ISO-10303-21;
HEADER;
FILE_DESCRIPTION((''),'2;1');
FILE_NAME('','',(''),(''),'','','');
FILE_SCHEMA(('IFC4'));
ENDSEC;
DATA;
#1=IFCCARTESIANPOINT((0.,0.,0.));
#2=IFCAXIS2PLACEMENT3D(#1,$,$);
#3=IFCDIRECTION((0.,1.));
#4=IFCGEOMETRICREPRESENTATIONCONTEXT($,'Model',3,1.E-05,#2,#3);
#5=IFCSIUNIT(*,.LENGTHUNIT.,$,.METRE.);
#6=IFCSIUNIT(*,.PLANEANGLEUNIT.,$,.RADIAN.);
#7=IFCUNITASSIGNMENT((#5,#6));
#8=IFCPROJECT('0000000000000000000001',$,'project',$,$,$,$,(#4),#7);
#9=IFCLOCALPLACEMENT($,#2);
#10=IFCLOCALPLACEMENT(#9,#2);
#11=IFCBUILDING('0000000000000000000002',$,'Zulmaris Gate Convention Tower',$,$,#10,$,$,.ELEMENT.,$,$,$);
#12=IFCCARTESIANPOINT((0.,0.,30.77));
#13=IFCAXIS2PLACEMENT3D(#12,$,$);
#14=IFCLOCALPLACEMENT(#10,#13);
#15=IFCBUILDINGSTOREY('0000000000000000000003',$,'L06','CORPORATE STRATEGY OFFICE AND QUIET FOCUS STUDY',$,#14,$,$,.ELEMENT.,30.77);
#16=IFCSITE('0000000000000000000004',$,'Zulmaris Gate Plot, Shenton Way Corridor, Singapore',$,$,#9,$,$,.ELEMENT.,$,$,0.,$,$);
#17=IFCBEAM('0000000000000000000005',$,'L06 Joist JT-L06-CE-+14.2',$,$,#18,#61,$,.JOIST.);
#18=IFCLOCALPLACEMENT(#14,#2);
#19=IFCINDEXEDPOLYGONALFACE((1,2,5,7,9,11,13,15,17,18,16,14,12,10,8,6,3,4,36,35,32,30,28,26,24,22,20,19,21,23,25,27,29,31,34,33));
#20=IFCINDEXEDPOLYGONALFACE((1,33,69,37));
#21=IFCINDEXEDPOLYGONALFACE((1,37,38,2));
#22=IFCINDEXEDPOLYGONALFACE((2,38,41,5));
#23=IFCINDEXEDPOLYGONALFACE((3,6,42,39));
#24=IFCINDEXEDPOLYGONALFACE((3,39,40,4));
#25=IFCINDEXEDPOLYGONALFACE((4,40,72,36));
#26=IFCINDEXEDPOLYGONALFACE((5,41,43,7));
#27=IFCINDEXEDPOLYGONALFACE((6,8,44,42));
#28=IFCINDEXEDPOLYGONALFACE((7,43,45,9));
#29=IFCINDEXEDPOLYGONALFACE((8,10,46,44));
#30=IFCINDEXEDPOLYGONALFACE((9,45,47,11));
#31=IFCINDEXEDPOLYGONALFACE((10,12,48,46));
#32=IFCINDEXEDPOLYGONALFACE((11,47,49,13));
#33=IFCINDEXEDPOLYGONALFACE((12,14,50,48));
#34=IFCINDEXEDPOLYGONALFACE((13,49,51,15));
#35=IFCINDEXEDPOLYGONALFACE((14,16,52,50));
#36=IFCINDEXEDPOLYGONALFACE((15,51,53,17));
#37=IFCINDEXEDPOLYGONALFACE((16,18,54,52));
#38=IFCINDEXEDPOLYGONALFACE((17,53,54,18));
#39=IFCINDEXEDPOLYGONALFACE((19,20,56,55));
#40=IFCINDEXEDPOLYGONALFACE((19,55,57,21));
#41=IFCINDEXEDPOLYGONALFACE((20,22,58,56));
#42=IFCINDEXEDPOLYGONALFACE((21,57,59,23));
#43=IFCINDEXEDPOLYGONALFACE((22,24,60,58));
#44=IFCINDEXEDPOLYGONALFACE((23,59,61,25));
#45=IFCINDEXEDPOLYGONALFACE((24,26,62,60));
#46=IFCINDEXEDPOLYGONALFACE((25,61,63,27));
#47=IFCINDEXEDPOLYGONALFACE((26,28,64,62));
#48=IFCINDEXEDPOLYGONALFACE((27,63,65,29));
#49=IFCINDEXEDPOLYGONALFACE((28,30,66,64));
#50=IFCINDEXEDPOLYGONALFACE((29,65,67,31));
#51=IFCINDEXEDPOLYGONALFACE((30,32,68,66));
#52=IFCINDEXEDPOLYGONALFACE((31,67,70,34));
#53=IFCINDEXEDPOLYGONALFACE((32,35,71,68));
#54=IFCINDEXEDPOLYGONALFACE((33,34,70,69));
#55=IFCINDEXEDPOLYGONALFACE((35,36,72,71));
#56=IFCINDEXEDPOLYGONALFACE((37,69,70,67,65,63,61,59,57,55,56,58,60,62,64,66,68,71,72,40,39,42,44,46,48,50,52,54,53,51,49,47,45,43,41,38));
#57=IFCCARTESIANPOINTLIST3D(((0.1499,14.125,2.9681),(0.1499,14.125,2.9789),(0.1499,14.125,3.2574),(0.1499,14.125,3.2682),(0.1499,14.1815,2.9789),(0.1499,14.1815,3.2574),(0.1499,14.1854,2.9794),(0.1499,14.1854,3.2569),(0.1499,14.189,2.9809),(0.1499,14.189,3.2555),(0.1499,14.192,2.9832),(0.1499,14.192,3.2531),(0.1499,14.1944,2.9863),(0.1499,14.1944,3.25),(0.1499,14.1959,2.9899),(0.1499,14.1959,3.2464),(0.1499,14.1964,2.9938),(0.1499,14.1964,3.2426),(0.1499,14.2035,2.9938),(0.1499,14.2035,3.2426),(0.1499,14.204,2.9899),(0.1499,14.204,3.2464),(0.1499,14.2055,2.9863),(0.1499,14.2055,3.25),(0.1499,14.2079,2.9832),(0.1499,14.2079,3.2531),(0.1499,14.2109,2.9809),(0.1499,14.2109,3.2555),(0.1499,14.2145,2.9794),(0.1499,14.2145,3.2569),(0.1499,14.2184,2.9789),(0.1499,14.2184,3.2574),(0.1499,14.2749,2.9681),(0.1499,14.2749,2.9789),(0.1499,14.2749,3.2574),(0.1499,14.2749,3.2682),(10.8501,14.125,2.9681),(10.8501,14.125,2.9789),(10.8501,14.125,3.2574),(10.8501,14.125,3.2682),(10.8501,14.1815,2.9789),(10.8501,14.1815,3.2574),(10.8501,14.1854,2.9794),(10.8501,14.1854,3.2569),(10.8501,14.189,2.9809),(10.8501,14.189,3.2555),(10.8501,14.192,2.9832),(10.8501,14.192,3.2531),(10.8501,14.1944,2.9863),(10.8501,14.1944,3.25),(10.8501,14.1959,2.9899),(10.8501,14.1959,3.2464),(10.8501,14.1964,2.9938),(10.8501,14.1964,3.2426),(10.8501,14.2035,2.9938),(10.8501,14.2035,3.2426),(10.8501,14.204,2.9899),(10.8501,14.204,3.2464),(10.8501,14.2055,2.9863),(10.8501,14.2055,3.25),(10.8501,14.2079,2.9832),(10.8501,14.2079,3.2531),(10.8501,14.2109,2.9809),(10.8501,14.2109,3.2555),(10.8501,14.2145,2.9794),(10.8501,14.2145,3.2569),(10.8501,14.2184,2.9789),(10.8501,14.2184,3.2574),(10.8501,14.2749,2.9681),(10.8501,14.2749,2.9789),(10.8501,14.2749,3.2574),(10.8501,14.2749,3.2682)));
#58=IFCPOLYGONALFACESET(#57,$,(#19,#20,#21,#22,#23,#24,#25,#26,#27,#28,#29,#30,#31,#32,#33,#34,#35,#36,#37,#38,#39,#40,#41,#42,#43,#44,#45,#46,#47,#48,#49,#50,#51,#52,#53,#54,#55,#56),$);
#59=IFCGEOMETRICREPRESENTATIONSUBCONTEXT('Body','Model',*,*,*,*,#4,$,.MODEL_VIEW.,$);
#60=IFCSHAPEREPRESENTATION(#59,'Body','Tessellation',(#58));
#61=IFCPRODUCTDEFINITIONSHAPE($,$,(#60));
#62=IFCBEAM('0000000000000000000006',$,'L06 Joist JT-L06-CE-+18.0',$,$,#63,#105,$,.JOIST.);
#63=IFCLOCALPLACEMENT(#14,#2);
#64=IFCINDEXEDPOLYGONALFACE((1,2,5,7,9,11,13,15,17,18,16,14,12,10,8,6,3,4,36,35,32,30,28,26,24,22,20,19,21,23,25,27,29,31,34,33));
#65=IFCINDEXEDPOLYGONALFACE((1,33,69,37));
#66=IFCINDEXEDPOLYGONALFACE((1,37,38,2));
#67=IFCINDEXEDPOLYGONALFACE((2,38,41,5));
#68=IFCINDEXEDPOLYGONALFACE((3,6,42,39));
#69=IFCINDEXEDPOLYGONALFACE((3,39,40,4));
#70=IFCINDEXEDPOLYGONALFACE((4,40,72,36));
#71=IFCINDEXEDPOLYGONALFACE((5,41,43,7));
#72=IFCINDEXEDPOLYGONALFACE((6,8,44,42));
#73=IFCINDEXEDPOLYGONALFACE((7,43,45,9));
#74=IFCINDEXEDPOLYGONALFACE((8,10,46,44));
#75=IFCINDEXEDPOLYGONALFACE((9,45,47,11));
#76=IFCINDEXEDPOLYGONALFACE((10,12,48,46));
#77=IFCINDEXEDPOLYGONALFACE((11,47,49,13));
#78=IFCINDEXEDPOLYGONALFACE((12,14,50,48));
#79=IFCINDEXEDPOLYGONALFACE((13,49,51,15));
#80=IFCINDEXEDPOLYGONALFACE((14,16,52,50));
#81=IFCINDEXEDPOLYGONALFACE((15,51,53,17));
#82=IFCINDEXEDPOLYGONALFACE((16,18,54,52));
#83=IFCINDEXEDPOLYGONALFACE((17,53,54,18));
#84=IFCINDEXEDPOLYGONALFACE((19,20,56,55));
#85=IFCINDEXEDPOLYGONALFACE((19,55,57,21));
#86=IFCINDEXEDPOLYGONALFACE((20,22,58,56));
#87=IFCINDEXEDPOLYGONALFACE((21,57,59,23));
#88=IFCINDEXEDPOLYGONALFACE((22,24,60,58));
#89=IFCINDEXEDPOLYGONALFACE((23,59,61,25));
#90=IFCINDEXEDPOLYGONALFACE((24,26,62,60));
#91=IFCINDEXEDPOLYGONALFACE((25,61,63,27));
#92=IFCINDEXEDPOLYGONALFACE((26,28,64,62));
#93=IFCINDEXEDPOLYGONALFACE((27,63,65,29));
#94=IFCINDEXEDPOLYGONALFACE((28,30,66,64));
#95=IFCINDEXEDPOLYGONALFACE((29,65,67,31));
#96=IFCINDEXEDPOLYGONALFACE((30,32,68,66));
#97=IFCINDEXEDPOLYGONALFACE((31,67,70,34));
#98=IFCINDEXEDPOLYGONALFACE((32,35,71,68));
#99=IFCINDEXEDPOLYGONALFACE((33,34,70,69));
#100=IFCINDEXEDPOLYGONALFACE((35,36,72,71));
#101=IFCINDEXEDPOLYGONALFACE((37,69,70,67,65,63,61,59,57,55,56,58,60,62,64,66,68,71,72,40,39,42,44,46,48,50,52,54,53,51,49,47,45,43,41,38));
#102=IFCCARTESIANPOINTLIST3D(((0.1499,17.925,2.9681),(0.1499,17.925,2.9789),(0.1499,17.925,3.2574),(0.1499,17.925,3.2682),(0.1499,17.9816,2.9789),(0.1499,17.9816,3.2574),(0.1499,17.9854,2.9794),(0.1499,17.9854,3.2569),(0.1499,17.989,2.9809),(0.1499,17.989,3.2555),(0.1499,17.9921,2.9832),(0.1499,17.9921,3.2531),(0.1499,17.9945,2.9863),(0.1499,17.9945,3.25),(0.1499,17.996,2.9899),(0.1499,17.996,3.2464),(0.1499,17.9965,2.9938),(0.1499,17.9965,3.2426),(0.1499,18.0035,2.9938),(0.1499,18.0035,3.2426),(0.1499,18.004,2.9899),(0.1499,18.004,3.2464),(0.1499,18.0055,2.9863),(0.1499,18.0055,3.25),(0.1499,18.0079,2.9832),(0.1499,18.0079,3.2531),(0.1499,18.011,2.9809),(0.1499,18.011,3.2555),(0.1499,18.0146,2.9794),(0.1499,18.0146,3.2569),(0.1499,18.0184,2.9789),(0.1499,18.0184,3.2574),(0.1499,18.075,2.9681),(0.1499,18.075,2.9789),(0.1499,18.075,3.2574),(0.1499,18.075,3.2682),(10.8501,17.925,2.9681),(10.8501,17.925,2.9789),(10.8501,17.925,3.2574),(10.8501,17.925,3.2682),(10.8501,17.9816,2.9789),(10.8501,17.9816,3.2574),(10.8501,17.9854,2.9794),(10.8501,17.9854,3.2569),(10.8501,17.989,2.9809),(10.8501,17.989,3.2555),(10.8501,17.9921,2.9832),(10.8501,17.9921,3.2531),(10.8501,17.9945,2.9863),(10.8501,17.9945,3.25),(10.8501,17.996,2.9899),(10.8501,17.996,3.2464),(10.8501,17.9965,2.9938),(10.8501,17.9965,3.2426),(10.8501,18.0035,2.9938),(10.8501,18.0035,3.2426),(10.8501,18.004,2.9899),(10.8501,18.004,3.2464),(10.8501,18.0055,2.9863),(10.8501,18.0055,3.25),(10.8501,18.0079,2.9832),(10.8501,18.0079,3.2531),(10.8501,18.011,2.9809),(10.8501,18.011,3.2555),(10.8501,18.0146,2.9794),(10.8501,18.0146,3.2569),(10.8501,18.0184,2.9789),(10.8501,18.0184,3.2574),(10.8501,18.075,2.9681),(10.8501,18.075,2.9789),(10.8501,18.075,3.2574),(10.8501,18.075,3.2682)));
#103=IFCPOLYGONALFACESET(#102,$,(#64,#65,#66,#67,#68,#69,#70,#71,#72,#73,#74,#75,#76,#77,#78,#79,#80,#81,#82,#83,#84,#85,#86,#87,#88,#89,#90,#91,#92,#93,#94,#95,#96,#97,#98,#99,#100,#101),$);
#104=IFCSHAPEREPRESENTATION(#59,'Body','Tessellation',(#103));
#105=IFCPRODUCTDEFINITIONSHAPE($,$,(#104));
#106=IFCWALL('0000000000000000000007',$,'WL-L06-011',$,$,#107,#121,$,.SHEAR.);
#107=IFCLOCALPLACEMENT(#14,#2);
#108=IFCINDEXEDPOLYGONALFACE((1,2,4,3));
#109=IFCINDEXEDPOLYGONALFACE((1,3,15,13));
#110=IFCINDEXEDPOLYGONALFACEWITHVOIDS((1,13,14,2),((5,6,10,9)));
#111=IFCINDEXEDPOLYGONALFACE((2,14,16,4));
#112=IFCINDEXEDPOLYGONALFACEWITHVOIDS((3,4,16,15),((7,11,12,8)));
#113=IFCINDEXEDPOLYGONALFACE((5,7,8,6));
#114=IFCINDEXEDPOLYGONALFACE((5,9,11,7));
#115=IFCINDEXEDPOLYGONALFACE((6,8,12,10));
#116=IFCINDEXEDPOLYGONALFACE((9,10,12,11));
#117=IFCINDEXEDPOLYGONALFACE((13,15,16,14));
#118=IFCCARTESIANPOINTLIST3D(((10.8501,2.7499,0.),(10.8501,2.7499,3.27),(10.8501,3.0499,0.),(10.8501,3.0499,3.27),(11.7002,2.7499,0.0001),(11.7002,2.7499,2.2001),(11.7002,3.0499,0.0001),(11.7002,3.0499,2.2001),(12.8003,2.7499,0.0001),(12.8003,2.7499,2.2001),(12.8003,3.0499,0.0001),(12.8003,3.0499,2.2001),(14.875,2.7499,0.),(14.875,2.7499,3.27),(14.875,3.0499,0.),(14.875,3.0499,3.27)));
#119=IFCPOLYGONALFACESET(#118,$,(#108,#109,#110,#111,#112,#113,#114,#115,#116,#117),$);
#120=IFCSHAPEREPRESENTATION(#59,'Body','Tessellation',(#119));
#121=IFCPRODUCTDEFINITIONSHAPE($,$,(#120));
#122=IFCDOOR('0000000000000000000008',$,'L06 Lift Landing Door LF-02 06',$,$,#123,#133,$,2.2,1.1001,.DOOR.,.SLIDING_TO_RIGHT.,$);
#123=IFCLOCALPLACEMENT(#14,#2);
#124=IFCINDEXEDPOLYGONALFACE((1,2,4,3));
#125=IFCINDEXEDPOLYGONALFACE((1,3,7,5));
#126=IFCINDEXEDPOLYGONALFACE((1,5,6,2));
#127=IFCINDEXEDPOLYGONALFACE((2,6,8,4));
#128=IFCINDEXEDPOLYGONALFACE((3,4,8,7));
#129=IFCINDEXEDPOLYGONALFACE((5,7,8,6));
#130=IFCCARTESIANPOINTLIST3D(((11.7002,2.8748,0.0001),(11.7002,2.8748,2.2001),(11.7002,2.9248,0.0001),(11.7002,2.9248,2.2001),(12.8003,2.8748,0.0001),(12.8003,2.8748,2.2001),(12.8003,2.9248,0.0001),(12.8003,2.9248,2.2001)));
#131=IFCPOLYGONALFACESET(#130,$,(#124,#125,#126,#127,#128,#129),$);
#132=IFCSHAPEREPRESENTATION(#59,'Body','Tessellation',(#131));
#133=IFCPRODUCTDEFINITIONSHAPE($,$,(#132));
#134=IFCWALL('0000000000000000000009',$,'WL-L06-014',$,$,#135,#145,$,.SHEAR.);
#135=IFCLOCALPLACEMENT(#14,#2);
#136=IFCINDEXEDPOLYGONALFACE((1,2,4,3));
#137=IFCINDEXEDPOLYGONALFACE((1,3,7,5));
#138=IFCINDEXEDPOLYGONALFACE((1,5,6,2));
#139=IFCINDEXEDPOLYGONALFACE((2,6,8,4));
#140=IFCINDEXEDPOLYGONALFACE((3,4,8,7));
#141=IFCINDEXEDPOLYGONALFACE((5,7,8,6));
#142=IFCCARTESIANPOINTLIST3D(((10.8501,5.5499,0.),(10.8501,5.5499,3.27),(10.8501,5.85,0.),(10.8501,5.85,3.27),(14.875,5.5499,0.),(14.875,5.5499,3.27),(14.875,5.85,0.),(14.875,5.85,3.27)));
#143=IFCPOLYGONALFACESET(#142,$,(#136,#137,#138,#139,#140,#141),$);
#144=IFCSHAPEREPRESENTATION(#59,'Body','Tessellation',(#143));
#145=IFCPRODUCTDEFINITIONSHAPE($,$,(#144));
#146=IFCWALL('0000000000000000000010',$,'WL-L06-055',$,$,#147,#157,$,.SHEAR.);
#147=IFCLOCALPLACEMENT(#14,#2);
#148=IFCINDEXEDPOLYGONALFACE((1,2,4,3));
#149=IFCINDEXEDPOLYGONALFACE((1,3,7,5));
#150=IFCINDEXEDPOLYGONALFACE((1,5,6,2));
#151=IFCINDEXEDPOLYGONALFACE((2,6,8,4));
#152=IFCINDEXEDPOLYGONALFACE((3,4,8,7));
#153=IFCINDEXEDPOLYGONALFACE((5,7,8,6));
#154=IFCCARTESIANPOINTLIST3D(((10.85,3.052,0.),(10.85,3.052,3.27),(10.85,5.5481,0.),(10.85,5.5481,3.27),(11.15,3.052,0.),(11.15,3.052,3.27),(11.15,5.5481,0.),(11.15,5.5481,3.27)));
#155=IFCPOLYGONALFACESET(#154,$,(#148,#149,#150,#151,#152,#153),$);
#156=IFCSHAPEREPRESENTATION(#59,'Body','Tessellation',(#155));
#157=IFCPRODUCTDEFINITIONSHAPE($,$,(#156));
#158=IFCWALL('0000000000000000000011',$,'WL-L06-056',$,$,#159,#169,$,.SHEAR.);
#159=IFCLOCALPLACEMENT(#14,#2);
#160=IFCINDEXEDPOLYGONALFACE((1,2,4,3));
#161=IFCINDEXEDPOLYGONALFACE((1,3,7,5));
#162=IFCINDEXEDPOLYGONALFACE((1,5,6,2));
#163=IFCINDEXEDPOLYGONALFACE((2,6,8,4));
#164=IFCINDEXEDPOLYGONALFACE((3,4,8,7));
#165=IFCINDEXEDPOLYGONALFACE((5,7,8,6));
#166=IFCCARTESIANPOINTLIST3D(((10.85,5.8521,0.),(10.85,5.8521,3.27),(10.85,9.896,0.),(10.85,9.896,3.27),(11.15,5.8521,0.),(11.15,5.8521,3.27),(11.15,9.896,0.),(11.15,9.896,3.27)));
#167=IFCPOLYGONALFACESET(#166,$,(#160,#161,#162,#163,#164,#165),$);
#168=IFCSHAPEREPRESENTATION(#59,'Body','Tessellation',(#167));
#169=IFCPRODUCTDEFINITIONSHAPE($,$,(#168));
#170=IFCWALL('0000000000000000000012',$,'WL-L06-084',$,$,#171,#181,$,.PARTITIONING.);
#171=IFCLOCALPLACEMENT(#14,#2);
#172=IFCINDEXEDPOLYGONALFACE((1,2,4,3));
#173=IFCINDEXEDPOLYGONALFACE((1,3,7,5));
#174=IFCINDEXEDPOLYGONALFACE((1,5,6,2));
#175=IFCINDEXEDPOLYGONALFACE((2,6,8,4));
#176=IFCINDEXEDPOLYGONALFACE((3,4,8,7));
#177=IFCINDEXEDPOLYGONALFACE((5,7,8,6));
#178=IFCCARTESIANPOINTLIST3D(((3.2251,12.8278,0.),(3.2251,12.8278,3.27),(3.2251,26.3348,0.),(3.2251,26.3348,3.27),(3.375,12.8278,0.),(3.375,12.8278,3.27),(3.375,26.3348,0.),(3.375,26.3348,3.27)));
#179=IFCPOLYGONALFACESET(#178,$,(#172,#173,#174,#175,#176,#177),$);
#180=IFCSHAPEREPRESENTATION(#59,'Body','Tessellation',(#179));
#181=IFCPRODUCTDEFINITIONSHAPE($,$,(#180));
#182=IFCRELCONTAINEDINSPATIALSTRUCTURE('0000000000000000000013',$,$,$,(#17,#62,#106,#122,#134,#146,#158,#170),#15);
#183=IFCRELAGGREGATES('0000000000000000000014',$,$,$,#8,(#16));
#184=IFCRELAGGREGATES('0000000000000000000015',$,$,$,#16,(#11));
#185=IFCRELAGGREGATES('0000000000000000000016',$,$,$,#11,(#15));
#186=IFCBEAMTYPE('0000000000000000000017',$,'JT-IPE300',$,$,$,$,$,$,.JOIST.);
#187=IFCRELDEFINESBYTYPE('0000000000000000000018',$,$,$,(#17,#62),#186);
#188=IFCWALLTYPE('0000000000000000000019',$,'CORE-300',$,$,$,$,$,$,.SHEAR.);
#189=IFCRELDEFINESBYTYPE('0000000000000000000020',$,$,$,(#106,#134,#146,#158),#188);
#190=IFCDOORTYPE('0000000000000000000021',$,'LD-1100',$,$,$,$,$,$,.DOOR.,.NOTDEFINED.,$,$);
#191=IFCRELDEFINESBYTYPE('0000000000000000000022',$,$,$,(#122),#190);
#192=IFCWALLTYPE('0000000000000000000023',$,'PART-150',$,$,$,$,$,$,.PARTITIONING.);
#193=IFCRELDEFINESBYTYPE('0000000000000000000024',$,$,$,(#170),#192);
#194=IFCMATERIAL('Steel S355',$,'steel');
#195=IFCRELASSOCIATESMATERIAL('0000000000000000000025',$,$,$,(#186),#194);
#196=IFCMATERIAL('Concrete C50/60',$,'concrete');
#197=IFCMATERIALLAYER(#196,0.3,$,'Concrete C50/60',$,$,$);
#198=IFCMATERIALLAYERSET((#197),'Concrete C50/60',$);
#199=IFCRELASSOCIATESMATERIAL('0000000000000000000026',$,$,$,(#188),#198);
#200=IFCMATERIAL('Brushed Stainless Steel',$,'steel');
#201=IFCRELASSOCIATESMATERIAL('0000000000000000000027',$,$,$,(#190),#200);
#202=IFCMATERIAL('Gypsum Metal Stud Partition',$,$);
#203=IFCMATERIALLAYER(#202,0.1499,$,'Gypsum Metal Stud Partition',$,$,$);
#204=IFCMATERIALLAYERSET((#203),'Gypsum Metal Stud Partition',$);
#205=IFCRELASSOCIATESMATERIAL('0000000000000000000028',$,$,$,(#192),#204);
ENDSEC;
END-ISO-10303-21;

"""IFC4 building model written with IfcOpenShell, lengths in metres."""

from ifc_helpers import new_model, si_unit, direction, frame, frame_2d, origin, origin_2d, place, context, subcontext, project, spatial, rectangle, i_section, extrude, material, layer, layer_set, material_profile, profile_set, type_object, element, fill, save


model = new_model("IFC4")

# Units and contexts
model_context = context("Model", 3, precision=1e-05, world=origin(), true_north=direction((0.0, 1.0)))
body_context = subcontext(model_context, "Body", "Model", "MODEL_VIEW")
ifc_project = project(units=[si_unit("LENGTHUNIT", "METRE"), si_unit("PLANEANGLEUNIT", "RADIAN")], contexts=[model_context])

# Site, building, storey
site_placement = place(None, origin())
site = spatial("IfcSite", under=ifc_project, at=site_placement, Name="Zulmaris Gate Plot, Shenton Way Corridor, Singapore", CompositionType="ELEMENT", RefElevation=0.0)
building_placement = place(site_placement, origin())
building = spatial("IfcBuilding", under=site, at=building_placement, Name="Zulmaris Gate Convention Tower", CompositionType="ELEMENT")
storey_placement = place(building_placement, frame((0.0, 0.0, 30.77)))
storey = spatial("IfcBuildingStorey", under=building, at=storey_placement, Name="L06", Description="CORPORATE STRATEGY OFFICE AND QUIET FOCUS STUDY", CompositionType="ELEMENT", Elevation=30.77)

# Beams
ifc_material_1 = material(Name="Steel S355", Category="steel")
ifc_material_profile_1 = material_profile(ifc_material_1, i_section(OverallWidth=0.1499, OverallDepth=0.3, WebThickness=0.0071, FlangeThickness=0.0107, FilletRadius=0.0149, at=origin_2d()), Name="IPE 300")
ifc_profile_set_1 = profile_set([ifc_material_profile_1], Name="Steel S355")
beam_type_1 = type_object("IfcBeamType", Name="JT-IPE300", PredefinedType="JOIST", material=ifc_profile_set_1)
for number, where, z_axis, x_axis, name in (
    (1, (0.1499, 14.2, 3.1182), (1.0, 0.0, 0.0), (0.0, 1.0, 0.0), "L06 Joist JT-L06-CE-+14.2"),
    (2, (0.1499, 18.0, 3.1182), (1.0, 0.0, 0.0), (0.0, 1.0, 0.0), "L06 Joist JT-L06-CE-+18.0"),
):
    element("IfcBeam", number, at=place(storey_placement, frame(where, z_axis=z_axis, x_axis=x_axis)), inside=storey, type_object=beam_type_1, Name=name, PredefinedType="JOIST", context=body_context, shape_type="SweptSolid", body=[
        extrude(i_section(OverallWidth=0.1499, OverallDepth=0.3, WebThickness=0.0071, FlangeThickness=0.0107, FilletRadius=0.0149, at=origin_2d()), origin(), (0.0, 0.0, 1.0), 10.7002),
    ])

# Wall, opening, door
ifc_material_2 = material(Name="Concrete C50/60", Category="concrete")
ifc_layer_1 = layer(ifc_material_2, 0.3, Name="Concrete C50/60")
ifc_layer_set_1 = layer_set([ifc_layer_1], Name="Concrete C50/60")
wall_type_1 = type_object("IfcWallType", Name="CORE-300", PredefinedType="SHEAR", material=ifc_layer_set_1)
wall_1_placement = place(storey_placement, frame((10.8501, 2.8999, 0.0), z_axis=(0.0, 0.0, 1.0), x_axis=(1.0, 0.0, 0.0)))
wall_1 = element("IfcWall", 3, at=wall_1_placement, inside=storey, type_object=wall_type_1, Name="WL-L06-011", PredefinedType="SHEAR", context=body_context, shape_type="SweptSolid", body=[
    extrude(rectangle(XDim=4.0249, YDim=0.3, at=frame_2d((2.0125, 0.0))), origin(), (0.0, 0.0, 1.0), 3.27),
])
opening_1_placement = place(wall_1_placement, frame((0.8501, 0.0, 0.0)))
opening_1 = element("IfcOpeningElement", 4, at=opening_1_placement, cuts=wall_1, PredefinedType="OPENING", context=body_context, shape_type="SweptSolid", body=[
    extrude(rectangle(XDim=1.1001, YDim=2.2, at=frame_2d((0.55, 1.1001))), frame((0.0, 0.1602, 0.0), z_axis=(0.0, -1.0, 0.0), x_axis=(1.0, 0.0, 0.0)), (0.0, 0.0, 1.0), 0.3201),
])
ifc_material_3 = material(Name="Brushed Stainless Steel", Category="steel")
door_type_1 = type_object("IfcDoorType", Name="LD-1100", OperationType="NOTDEFINED", PredefinedType="DOOR", material=ifc_material_3)
door_1_placement = place(opening_1_placement, origin())
door_1 = element("IfcDoor", 5, at=door_1_placement, inside=storey, type_object=door_type_1, Name="L06 Lift Landing Door LF-02 06", OperationType="SLIDING_TO_RIGHT", OverallHeight=2.2, OverallWidth=1.1001, PredefinedType="DOOR", context=body_context, shape_type="SweptSolid", body=[
    extrude(rectangle(XDim=1.1001, YDim=2.2, at=frame_2d((0.55, 1.1001))), frame((0.0, 0.0249, 0.0), z_axis=(0.0, -1.0, 0.0), x_axis=(1.0, 0.0, 0.0)), (0.0, 0.0, 1.0), 0.05),
])
fill(opening_1, door_1)

# Wall
wall_2_placement = place(storey_placement, frame((10.8501, 5.7, 0.0), z_axis=(0.0, 0.0, 1.0), x_axis=(1.0, 0.0, 0.0)))
element("IfcWall", 6, at=wall_2_placement, inside=storey, type_object=wall_type_1, Name="WL-L06-014", PredefinedType="SHEAR", context=body_context, shape_type="SweptSolid", body=[
    extrude(rectangle(XDim=4.0249, YDim=0.3, at=frame_2d((2.0125, 0.0))), origin(), (0.0, 0.0, 1.0), 3.27),
])

# Walls
wall_3_placement = place(storey_placement, frame((11.0, 3.052, 0.0), z_axis=(0.0, 0.0, 1.0), x_axis=(0.0, 1.0, 0.0)))
element("IfcWall", 7, at=wall_3_placement, inside=storey, type_object=wall_type_1, Name="WL-L06-055", PredefinedType="SHEAR", context=body_context, shape_type="SweptSolid", body=[
    extrude(rectangle(XDim=2.4961, YDim=0.3, at=frame_2d((1.248, 0.0))), origin(), (0.0, 0.0, 1.0), 3.27),
])
wall_4_placement = place(storey_placement, frame((11.0, 5.8521, 0.0), z_axis=(0.0, 0.0, 1.0), x_axis=(0.0, 1.0, 0.0)))
element("IfcWall", 8, at=wall_4_placement, inside=storey, type_object=wall_type_1, Name="WL-L06-056", PredefinedType="SHEAR", context=body_context, shape_type="SweptSolid", body=[
    extrude(rectangle(XDim=4.0439, YDim=0.3, at=frame_2d((2.022, 0.0))), origin(), (0.0, 0.0, 1.0), 3.27),
])
ifc_material_4 = material(Name="Gypsum Metal Stud Partition")
ifc_layer_2 = layer(ifc_material_4, 0.1499, Name="Gypsum Metal Stud Partition")
ifc_layer_set_2 = layer_set([ifc_layer_2], Name="Gypsum Metal Stud Partition")
wall_type_2 = type_object("IfcWallType", Name="PART-150", PredefinedType="PARTITIONING", material=ifc_layer_set_2)
wall_5_placement = place(storey_placement, frame((3.3, 12.8279, 0.0), z_axis=(0.0, 0.0, 1.0), x_axis=(0.0, 1.0, 0.0)))
element("IfcWall", 9, at=wall_5_placement, inside=storey, type_object=wall_type_2, Name="WL-L06-084", PredefinedType="PARTITIONING", context=body_context, shape_type="SweptSolid", body=[
    extrude(rectangle(XDim=13.5071, YDim=0.1499, at=frame_2d((6.7534, 0.0))), origin(), (0.0, 0.0, 1.0), 3.27),
])

save(model, "model.ifc")
